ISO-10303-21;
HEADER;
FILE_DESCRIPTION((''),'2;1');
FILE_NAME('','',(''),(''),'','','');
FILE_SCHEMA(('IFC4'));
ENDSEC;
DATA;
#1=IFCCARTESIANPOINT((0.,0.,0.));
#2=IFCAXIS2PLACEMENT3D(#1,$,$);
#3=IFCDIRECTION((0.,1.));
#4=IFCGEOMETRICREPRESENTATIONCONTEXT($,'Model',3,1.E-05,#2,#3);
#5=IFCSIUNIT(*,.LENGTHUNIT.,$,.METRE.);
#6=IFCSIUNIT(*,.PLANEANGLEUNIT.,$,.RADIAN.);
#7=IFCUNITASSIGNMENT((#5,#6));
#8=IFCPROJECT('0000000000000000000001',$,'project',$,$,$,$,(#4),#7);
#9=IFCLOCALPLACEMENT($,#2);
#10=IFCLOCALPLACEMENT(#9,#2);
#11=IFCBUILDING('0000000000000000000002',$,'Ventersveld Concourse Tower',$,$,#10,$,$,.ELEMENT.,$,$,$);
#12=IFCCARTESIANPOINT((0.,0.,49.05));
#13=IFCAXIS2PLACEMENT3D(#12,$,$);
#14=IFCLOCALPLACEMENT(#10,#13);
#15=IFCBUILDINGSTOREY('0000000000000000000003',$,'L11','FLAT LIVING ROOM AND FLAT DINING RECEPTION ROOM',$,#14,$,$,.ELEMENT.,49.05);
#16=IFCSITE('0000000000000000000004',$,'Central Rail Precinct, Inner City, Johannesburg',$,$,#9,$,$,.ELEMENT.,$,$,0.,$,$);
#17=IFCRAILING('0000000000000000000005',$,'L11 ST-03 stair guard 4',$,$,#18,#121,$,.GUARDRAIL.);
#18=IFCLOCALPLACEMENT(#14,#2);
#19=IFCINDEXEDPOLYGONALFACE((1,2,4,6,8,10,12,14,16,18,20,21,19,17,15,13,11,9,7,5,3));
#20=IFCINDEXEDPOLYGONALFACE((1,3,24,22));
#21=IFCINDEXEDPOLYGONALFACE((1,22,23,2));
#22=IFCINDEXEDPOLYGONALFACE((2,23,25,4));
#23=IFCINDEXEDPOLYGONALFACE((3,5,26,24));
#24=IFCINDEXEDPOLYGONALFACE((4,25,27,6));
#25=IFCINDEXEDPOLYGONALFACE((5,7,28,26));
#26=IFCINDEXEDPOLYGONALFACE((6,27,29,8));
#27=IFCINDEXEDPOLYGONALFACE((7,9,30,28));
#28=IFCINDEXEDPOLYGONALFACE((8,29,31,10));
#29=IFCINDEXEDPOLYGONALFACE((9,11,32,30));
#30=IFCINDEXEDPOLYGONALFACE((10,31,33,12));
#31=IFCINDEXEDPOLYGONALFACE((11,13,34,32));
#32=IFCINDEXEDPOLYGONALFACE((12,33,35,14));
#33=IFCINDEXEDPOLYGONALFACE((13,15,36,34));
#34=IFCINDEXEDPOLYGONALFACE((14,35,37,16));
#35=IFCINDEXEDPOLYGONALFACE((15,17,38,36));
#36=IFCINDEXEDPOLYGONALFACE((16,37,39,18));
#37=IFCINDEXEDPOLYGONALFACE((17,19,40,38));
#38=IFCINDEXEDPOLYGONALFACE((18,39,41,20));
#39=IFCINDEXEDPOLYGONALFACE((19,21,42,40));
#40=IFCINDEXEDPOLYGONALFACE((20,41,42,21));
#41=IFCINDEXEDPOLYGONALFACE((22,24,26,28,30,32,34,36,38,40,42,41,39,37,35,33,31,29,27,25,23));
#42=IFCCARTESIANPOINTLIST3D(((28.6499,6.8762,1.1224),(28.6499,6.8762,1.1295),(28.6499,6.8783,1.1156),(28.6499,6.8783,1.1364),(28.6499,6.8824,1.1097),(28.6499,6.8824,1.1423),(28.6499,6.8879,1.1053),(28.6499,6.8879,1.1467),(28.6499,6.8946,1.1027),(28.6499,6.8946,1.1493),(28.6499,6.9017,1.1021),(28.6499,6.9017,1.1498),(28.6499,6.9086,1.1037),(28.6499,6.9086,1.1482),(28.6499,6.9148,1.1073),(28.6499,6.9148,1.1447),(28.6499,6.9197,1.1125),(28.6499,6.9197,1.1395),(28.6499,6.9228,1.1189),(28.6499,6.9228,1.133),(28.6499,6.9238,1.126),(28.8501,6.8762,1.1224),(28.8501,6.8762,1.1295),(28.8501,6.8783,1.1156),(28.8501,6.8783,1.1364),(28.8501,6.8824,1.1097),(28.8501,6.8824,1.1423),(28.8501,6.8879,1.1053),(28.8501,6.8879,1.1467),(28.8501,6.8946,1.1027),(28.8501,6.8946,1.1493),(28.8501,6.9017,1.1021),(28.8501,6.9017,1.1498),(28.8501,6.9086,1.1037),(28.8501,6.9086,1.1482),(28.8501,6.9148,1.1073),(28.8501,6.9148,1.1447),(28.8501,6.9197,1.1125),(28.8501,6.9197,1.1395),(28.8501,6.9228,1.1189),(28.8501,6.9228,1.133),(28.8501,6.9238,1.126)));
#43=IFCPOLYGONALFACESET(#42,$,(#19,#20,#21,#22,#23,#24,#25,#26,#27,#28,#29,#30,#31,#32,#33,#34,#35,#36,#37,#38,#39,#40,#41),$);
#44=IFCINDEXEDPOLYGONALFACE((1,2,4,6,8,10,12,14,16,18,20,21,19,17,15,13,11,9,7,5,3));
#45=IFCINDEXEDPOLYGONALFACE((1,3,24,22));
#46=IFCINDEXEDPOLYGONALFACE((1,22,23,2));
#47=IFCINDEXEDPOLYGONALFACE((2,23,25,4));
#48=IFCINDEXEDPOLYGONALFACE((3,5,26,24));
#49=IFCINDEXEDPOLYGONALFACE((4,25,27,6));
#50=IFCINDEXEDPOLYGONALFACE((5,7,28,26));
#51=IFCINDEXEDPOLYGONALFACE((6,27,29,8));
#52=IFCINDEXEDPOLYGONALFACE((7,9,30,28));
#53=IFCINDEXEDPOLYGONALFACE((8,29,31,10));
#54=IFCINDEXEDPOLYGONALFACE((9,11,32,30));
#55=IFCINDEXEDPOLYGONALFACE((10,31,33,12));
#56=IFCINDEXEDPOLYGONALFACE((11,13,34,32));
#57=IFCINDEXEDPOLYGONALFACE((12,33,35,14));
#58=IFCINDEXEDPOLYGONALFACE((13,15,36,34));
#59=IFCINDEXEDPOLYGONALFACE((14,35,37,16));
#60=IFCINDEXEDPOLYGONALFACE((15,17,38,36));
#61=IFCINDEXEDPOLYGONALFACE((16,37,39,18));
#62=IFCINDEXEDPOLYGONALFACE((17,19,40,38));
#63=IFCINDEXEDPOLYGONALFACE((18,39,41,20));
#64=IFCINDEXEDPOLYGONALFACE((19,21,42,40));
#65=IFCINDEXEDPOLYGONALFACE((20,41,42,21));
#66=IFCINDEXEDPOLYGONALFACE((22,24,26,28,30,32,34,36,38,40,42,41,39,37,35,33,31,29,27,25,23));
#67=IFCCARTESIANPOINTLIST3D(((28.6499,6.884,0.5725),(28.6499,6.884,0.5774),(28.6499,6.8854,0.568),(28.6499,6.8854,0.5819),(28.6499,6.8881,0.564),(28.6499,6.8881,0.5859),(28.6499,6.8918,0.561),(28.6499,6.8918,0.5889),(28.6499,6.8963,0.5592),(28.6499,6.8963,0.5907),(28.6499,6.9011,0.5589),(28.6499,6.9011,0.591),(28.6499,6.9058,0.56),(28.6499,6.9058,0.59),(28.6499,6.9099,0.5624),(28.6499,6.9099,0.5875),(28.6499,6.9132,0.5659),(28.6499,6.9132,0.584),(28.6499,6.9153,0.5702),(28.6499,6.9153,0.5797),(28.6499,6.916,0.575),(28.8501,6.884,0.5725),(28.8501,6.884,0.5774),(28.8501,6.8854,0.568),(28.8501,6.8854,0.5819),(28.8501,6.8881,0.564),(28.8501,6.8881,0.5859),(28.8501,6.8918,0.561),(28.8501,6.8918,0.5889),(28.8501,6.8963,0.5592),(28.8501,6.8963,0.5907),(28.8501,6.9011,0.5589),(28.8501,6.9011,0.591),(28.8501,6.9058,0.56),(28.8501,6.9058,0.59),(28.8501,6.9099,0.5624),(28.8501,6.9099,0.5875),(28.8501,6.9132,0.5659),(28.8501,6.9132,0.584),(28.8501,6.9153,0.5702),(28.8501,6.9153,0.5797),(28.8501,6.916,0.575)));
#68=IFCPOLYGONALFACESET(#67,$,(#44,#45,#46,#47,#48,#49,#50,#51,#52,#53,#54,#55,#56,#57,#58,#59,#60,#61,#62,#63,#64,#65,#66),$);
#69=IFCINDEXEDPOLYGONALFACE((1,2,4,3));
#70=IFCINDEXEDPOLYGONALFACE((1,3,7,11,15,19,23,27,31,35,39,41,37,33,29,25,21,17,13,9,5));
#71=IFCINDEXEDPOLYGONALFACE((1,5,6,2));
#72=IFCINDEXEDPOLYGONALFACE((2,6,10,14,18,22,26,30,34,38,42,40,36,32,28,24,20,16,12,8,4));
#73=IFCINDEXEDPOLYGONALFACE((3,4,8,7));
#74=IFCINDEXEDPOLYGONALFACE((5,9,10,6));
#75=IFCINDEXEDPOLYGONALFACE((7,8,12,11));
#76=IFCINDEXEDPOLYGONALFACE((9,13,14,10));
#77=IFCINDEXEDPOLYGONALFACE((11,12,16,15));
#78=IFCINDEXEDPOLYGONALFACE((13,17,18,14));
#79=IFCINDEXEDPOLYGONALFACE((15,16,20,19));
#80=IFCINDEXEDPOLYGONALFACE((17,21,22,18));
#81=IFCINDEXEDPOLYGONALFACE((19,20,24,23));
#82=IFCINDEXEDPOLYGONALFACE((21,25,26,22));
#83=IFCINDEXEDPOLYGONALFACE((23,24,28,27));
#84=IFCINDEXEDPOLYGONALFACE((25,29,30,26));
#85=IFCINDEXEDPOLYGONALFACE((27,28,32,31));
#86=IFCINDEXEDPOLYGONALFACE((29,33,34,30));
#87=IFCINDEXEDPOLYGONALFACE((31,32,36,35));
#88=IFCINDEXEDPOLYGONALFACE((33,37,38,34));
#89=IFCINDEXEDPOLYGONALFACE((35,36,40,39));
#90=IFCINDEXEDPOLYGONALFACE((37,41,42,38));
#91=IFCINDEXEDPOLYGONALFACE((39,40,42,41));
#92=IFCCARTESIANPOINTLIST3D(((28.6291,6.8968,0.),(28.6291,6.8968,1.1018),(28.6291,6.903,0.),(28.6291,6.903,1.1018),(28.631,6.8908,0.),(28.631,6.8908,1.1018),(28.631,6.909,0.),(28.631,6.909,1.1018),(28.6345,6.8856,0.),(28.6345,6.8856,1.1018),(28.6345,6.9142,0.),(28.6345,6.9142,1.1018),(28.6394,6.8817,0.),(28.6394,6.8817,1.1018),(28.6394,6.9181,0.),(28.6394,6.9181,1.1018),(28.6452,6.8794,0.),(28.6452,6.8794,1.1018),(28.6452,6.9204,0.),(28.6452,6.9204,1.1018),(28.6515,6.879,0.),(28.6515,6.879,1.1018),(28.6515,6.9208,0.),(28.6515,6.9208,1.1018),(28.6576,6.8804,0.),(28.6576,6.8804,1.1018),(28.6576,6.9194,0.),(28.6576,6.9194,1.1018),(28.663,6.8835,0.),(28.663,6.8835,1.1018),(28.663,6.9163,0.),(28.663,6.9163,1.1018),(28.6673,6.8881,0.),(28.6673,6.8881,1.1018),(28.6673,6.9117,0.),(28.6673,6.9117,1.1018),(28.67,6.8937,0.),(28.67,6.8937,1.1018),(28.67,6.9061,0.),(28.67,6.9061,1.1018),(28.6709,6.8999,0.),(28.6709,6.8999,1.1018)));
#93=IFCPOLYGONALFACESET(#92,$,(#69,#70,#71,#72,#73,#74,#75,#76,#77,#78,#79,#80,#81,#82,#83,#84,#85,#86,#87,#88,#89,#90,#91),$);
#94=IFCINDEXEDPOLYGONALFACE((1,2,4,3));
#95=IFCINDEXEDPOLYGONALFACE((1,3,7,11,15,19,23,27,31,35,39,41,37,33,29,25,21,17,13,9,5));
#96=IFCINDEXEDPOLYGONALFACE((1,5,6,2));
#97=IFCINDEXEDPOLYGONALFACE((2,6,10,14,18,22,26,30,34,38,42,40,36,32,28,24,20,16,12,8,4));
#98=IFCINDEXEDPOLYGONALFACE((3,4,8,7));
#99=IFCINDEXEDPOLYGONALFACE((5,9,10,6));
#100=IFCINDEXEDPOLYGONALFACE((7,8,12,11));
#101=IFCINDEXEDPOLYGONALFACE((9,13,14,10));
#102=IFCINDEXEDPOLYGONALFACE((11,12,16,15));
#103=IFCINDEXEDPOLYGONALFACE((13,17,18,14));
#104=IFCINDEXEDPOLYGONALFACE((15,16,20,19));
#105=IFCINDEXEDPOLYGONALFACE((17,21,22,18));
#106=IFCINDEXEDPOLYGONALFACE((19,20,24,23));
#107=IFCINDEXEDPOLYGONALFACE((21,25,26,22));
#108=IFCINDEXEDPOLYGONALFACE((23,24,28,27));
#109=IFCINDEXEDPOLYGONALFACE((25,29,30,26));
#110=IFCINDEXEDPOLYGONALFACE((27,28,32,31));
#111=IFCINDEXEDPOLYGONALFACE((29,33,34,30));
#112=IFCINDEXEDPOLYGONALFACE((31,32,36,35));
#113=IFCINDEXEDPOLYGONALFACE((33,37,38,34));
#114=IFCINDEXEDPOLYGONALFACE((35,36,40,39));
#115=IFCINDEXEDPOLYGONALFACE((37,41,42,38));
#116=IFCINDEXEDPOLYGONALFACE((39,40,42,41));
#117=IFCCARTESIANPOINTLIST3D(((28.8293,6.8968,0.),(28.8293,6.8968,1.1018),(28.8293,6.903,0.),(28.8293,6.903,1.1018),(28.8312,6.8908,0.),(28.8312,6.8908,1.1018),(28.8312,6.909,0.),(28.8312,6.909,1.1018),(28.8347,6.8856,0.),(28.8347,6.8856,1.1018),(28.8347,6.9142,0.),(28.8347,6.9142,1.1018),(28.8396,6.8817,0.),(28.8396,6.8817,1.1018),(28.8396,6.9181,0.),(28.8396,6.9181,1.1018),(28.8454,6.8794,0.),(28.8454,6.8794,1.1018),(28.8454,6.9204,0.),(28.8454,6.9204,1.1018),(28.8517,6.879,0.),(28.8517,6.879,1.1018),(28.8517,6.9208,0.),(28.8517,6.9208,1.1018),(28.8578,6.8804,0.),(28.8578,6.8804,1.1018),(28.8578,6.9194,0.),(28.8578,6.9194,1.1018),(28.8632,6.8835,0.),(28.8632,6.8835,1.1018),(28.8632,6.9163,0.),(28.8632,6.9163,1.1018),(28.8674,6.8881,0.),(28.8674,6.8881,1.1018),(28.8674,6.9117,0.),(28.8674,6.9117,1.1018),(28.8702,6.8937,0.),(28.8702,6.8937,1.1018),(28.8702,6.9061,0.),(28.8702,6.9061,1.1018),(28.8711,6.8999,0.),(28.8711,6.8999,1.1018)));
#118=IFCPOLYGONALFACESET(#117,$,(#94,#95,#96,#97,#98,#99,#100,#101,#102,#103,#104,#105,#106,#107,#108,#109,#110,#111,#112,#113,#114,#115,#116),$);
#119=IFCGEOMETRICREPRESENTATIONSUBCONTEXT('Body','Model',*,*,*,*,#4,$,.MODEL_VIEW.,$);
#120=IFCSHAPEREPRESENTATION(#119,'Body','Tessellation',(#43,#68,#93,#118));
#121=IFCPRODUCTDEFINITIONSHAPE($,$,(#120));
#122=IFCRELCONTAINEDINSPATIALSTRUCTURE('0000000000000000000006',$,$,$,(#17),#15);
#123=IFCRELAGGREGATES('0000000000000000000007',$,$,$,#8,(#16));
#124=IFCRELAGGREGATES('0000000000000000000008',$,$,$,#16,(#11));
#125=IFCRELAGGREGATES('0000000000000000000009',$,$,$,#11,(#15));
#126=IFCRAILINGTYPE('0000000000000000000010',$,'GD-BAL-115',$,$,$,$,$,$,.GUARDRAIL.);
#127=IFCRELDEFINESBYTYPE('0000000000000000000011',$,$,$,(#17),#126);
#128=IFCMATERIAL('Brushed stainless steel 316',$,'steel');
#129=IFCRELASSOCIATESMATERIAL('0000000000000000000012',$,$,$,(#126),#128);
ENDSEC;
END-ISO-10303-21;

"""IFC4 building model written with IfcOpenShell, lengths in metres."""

from ifc_helpers import new_model, si_unit, direction, frame, origin, origin_2d, place, context, subcontext, project, spatial, circle, extrude, material, type_object, element, save


model = new_model("IFC4")

# Units and contexts
model_context = context("Model", 3, precision=1e-05, world=origin(), true_north=direction((0.0, 1.0)))
body_context = subcontext(model_context, "Body", "Model", "MODEL_VIEW")
ifc_project = project(units=[si_unit("LENGTHUNIT", "METRE"), si_unit("PLANEANGLEUNIT", "RADIAN")], contexts=[model_context])

# Site, building, storey
site_placement = place(None, origin())
site = spatial("IfcSite", under=ifc_project, at=site_placement, Name="Central Rail Precinct, Inner City, Johannesburg", CompositionType="ELEMENT", RefElevation=0.0)
building_placement = place(site_placement, origin())
building = spatial("IfcBuilding", under=site, at=building_placement, Name="Ventersveld Concourse Tower", CompositionType="ELEMENT")
storey_placement = place(building_placement, frame((0.0, 0.0, 49.05)))
storey = spatial("IfcBuildingStorey", under=building, at=storey_placement, Name="L11", Description="FLAT LIVING ROOM AND FLAT DINING RECEPTION ROOM", CompositionType="ELEMENT", Elevation=49.05)

# Shared definitions
ifc_material_1 = material(Name="Brushed stainless steel 316", Category="steel")

# Railing
railing_type_1 = type_object("IfcRailingType", Name="GD-BAL-115", PredefinedType="GUARDRAIL", material=ifc_material_1)
railing_1_placement = place(storey_placement, frame((28.6499, 6.8999, 0.0)))
element("IfcRailing", 1, at=railing_1_placement, inside=storey, type_object=railing_type_1, Name="L11 ST-03 stair guard 4", PredefinedType="GUARDRAIL", context=body_context, shape_type="SweptSolid", body=[
    extrude(circle(Radius=0.0239, at=origin_2d()), frame((0.0, 0.0, 1.126), z_axis=(1.0, 0.0, 0.0), x_axis=(0.0, 1.0, 0.0)), (0.0, 0.0, 1.0), 0.2002),
    extrude(circle(Radius=0.0161, at=origin_2d()), frame((0.0, 0.0, 0.575), z_axis=(1.0, 0.0, 0.0), x_axis=(0.0, 1.0, 0.0)), (0.0, 0.0, 1.0), 0.2002),
    extrude(circle(Radius=0.021, at=origin_2d()), origin(), (0.0, 0.0, 1.0), 1.1018),
    extrude(circle(Radius=0.021, at=origin_2d()), frame((0.2002, 0.0, 0.0)), (0.0, 0.0, 1.0), 1.1018),
])

save(model, "model.ifc")
